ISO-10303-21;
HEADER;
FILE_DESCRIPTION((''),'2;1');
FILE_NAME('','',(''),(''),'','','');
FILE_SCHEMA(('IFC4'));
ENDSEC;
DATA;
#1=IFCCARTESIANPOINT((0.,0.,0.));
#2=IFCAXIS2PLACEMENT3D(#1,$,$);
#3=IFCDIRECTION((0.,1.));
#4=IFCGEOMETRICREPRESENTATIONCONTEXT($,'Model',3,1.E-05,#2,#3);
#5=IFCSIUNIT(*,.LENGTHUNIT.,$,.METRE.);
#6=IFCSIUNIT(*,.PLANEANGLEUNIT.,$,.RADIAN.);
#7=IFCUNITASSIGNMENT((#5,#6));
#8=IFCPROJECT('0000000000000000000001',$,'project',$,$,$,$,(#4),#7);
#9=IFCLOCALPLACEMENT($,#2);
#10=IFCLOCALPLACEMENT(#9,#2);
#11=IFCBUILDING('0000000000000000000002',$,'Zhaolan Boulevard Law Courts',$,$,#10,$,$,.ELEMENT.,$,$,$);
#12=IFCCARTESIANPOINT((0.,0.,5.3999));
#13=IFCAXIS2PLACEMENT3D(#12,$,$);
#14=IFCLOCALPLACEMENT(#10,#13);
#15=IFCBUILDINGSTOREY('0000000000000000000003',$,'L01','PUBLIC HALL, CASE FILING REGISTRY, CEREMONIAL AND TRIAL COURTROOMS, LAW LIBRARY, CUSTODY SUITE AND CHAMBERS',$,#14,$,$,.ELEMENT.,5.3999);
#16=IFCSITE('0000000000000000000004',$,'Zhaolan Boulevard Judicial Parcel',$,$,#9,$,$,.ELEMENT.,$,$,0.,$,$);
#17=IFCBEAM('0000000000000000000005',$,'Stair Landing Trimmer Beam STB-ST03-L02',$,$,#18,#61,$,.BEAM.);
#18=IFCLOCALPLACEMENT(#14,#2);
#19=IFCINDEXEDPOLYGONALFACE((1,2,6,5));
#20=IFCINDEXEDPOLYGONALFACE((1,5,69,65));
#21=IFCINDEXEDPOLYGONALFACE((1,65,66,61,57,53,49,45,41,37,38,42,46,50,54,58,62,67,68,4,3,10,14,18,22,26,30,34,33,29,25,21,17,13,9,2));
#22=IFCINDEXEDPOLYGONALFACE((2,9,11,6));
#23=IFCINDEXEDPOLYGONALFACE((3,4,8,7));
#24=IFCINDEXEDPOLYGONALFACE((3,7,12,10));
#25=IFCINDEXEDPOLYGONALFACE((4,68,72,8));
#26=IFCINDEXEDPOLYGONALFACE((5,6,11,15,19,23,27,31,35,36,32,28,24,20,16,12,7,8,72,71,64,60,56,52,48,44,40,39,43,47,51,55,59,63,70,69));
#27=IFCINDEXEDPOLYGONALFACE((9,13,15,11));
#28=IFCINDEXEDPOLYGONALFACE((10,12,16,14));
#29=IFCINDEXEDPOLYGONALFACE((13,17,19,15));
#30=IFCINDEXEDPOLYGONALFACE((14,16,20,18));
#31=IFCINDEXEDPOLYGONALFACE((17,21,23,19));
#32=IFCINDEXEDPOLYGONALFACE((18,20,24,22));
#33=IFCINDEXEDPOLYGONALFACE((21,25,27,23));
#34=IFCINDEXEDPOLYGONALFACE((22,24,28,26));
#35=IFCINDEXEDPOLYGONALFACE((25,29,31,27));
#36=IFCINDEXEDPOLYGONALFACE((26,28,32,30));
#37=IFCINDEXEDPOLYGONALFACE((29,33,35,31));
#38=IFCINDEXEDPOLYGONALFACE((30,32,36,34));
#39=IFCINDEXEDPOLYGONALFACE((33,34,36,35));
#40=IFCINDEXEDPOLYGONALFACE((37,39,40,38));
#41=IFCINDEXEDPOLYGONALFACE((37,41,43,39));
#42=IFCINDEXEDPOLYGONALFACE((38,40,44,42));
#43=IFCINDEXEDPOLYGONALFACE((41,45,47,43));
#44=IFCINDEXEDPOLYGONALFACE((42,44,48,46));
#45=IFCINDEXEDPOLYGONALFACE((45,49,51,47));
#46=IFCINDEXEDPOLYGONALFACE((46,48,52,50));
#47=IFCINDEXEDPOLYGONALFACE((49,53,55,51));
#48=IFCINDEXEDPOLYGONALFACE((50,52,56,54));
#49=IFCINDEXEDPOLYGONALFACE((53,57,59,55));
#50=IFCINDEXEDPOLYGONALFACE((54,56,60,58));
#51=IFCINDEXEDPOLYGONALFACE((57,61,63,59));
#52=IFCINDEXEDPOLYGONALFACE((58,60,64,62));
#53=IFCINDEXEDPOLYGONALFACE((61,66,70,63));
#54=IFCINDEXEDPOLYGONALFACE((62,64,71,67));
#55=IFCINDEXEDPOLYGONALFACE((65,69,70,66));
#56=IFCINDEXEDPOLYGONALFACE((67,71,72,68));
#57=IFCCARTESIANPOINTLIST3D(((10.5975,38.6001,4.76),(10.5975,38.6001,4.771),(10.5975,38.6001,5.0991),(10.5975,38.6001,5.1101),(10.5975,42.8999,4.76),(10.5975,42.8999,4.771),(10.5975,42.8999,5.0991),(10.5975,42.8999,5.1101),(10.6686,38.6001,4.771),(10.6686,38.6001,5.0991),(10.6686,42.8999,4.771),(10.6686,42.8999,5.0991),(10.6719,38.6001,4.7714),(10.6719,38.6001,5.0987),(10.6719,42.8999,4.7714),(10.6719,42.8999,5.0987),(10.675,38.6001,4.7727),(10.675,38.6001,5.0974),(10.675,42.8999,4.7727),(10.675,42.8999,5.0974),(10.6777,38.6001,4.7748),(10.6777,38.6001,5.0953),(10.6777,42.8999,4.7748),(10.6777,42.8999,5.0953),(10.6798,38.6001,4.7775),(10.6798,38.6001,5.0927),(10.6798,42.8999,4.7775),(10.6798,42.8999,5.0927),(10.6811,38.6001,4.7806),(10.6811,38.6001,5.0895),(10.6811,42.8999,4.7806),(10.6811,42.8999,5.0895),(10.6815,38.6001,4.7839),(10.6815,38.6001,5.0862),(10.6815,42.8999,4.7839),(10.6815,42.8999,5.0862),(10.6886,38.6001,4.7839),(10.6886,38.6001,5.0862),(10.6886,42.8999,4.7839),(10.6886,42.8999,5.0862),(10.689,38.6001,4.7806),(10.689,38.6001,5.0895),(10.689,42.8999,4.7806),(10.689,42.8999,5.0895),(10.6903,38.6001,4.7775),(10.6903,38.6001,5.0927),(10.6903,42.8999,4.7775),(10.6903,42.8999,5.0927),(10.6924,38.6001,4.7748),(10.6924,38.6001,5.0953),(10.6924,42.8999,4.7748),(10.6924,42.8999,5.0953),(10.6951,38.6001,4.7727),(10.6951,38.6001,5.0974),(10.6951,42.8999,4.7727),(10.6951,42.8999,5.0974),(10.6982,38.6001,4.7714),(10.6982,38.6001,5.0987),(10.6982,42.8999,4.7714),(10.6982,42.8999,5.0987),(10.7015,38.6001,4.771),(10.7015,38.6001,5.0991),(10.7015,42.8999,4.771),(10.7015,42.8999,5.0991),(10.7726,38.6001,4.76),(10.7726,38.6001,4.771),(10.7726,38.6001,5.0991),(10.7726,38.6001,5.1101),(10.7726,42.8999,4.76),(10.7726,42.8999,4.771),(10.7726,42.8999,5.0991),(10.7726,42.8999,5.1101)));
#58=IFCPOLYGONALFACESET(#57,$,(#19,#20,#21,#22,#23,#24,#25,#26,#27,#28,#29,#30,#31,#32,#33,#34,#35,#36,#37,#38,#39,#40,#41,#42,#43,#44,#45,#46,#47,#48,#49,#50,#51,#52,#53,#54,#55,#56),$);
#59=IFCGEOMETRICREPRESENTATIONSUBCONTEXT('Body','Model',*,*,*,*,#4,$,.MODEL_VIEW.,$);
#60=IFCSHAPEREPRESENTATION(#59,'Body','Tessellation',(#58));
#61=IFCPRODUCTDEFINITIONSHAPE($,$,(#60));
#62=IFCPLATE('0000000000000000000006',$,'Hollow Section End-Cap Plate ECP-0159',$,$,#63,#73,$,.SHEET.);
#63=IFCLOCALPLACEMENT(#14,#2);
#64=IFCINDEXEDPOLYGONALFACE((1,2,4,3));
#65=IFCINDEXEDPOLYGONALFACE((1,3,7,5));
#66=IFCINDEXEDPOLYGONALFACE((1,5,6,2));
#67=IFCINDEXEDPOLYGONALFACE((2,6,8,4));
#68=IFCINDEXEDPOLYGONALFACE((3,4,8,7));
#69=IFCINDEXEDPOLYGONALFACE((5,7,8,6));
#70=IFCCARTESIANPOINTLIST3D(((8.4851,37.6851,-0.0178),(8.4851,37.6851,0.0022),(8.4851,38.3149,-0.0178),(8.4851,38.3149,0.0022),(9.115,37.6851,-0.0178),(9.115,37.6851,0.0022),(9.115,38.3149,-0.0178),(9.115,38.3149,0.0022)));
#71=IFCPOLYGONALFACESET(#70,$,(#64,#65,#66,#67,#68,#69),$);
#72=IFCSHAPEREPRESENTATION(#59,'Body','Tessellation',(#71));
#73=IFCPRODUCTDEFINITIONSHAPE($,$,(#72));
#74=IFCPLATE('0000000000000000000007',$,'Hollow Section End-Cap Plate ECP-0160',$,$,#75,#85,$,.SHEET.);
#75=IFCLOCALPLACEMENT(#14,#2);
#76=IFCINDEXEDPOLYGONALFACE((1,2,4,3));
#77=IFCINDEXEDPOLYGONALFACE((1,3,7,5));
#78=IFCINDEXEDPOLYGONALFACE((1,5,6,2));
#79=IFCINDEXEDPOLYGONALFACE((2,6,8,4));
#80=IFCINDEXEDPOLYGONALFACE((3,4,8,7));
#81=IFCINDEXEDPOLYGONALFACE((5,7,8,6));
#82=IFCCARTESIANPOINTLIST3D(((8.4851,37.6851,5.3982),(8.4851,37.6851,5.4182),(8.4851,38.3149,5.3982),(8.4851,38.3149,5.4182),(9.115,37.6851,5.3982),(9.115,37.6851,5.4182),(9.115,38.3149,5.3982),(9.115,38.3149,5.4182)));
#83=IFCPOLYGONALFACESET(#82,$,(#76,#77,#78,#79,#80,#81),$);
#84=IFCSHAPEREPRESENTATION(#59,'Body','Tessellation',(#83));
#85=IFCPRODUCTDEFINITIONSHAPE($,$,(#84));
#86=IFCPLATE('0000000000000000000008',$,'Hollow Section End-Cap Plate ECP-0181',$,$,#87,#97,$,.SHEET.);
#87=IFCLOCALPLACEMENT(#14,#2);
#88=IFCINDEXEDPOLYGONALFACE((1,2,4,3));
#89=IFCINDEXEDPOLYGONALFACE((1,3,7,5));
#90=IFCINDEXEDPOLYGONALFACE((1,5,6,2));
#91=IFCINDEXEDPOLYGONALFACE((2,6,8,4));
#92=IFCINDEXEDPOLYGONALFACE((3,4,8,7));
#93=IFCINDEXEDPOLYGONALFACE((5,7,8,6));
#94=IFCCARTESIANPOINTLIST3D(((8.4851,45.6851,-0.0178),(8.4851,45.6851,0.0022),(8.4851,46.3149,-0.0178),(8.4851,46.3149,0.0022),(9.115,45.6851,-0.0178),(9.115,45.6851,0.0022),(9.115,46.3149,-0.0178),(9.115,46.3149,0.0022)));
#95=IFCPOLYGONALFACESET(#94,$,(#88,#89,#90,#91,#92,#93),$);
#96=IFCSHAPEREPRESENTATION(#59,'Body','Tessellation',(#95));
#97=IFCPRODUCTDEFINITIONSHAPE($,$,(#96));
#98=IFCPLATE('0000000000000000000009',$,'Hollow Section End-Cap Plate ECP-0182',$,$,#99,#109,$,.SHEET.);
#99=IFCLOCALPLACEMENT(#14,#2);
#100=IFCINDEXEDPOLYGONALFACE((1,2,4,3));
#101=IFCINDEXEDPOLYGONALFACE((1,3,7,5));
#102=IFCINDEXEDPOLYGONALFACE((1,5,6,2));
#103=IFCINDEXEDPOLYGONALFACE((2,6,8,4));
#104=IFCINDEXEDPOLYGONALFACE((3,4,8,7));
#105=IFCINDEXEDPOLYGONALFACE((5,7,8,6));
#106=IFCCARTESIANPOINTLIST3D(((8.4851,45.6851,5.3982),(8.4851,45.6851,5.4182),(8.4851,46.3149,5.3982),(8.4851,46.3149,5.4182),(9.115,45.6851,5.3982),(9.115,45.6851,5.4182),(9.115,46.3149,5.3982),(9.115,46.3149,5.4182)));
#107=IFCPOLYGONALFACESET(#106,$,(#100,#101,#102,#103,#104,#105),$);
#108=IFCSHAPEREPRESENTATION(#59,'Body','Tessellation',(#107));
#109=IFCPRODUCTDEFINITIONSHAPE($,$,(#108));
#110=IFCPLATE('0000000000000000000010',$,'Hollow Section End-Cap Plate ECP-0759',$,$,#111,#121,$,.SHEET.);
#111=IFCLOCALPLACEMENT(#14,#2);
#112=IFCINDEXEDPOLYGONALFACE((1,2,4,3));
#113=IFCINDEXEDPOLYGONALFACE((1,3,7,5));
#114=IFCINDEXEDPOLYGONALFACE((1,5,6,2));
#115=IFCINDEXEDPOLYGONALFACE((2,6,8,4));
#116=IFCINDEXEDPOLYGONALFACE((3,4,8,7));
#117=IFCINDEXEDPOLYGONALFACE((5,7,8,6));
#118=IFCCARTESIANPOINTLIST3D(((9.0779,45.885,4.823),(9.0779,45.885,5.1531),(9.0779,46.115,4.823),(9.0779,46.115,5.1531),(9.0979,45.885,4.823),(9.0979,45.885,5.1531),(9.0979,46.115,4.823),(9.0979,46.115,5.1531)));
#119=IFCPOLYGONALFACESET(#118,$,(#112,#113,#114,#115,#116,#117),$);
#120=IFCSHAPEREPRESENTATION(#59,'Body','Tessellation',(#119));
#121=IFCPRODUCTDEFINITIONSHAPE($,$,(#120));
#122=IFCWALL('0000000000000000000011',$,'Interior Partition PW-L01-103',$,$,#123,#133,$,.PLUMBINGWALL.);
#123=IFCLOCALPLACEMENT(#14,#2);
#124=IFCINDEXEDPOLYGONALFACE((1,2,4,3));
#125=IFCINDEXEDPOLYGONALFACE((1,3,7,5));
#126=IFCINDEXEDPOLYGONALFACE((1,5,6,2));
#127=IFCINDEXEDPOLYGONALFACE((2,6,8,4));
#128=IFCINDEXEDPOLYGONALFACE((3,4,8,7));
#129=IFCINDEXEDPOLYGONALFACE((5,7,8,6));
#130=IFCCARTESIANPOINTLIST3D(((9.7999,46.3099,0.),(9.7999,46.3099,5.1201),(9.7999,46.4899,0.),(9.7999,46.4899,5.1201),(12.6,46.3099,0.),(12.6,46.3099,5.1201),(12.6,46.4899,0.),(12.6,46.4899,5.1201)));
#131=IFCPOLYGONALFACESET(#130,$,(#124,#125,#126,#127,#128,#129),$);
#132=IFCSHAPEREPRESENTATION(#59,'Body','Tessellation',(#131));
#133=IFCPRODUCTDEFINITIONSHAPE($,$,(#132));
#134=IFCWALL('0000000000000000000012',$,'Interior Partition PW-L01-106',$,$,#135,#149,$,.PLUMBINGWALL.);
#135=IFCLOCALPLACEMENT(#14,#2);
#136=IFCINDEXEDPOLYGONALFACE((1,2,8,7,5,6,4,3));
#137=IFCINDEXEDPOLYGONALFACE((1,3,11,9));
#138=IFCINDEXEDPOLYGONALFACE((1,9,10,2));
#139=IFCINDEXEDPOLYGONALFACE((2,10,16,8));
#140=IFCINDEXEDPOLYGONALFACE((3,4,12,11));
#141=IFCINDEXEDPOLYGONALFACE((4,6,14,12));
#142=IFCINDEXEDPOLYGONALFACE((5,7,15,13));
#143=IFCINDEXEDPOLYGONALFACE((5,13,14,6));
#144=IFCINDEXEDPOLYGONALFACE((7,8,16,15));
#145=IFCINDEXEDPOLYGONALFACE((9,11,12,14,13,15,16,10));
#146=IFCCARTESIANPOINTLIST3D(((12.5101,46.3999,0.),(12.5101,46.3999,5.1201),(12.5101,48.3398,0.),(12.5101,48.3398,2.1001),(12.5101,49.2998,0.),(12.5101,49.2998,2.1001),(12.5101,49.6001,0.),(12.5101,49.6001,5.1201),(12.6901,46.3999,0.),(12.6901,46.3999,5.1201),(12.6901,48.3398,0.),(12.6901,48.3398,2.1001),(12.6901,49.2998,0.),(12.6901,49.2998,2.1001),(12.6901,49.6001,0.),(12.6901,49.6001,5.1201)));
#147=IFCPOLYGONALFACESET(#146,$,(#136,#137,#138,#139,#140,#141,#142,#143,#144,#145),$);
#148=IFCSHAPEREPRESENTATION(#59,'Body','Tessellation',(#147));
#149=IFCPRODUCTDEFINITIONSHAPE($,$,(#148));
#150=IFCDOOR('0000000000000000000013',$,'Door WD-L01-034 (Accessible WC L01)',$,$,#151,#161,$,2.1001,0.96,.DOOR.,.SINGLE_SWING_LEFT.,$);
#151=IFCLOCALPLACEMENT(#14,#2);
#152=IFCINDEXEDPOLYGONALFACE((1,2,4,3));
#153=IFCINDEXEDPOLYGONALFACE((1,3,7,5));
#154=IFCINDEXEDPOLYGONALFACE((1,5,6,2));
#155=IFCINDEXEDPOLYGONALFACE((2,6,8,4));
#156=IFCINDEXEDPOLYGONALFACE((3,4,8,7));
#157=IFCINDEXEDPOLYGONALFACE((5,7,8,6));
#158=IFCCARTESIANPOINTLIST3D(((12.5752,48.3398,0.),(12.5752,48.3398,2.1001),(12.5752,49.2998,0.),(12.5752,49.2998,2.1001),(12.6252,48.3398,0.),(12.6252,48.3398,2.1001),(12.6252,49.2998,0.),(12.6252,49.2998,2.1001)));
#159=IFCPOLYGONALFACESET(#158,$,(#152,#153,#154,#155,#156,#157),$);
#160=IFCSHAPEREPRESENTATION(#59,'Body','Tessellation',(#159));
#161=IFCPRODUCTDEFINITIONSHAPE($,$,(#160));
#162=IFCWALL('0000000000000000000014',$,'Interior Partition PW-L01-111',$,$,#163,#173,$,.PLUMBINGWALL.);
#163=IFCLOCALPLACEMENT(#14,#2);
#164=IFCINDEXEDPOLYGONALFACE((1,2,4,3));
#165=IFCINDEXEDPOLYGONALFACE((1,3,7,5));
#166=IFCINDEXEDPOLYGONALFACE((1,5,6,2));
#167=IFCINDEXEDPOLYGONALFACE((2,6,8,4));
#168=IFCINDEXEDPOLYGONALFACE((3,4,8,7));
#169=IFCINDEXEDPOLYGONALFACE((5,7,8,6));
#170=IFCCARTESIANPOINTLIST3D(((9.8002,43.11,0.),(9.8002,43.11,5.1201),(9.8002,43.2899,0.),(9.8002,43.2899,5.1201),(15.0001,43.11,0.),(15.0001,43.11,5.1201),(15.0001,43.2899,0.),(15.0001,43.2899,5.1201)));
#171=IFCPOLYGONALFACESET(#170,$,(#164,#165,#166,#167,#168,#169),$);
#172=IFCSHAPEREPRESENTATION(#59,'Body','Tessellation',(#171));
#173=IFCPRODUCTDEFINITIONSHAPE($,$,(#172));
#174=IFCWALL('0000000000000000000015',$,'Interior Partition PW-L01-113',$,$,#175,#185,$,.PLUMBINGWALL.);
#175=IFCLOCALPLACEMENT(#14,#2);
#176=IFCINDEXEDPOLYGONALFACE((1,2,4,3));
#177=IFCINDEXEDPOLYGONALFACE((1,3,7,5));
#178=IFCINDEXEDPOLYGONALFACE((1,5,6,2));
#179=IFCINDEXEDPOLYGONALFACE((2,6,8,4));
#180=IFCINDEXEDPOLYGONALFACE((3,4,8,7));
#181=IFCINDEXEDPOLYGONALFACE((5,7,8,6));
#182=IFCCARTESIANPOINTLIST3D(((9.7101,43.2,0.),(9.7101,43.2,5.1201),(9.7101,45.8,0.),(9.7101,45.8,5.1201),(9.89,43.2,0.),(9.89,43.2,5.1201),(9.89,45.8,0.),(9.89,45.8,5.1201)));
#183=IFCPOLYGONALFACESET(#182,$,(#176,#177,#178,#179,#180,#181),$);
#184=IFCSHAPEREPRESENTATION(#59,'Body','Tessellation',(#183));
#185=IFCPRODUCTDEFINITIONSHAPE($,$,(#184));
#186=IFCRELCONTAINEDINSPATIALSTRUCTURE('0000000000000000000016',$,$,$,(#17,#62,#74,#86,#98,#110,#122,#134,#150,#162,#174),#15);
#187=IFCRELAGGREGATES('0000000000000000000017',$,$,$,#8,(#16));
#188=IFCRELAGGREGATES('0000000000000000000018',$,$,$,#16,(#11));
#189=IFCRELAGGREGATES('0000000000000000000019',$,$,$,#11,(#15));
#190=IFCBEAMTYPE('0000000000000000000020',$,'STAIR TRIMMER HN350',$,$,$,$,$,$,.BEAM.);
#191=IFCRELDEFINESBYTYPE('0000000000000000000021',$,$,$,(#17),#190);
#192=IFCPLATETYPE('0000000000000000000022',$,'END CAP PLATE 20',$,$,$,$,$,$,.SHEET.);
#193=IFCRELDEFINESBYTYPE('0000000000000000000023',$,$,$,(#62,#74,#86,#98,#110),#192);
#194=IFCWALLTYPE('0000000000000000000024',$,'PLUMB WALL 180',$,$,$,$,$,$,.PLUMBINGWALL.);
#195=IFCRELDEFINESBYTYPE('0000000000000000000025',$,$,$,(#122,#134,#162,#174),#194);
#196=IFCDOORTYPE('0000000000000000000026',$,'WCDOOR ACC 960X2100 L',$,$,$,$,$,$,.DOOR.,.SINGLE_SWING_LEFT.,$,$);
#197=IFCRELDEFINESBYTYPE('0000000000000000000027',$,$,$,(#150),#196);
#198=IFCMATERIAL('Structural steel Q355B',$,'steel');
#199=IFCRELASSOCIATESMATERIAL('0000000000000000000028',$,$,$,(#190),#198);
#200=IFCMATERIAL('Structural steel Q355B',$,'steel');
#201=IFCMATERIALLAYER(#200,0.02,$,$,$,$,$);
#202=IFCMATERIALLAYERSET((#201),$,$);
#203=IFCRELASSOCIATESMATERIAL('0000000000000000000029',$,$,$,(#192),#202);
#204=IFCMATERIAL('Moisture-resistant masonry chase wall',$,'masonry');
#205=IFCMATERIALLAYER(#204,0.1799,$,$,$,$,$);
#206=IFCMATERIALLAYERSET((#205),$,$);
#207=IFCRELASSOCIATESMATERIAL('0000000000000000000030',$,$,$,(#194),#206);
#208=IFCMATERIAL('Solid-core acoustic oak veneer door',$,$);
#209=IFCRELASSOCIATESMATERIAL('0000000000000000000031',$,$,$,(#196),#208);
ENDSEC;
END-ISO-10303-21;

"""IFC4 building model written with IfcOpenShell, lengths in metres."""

from ifc_helpers import new_model, si_unit, direction, frame, frame_2d, origin, origin_2d, place, context, subcontext, project, spatial, rectangle, i_section, extrude, material, layer, layer_set, material_profile, profile_set, type_object, element, fill, save


model = new_model("IFC4")

# Units and contexts
model_context = context("Model", 3, precision=1e-05, world=origin(), true_north=direction((0.0, 1.0)))
body_context = subcontext(model_context, "Body", "Model", "MODEL_VIEW")
ifc_project = project(units=[si_unit("LENGTHUNIT", "METRE"), si_unit("PLANEANGLEUNIT", "RADIAN")], contexts=[model_context])

# Site, building, storey
site_placement = place(None, origin())
site = spatial("IfcSite", under=ifc_project, at=site_placement, Name="Zhaolan Boulevard Judicial Parcel", CompositionType="ELEMENT", RefElevation=0.0)
building_placement = place(site_placement, origin())
building = spatial("IfcBuilding", under=site, at=building_placement, Name="Zhaolan Boulevard Law Courts", CompositionType="ELEMENT")
storey_placement = place(building_placement, frame((0.0, 0.0, 5.3999)))
storey = spatial("IfcBuildingStorey", under=building, at=storey_placement, Name="L01", Description="PUBLIC HALL, CASE FILING REGISTRY, CEREMONIAL AND TRIAL COURTROOMS, LAW LIBRARY, CUSTODY SUITE AND CHAMBERS", CompositionType="ELEMENT", Elevation=5.3999)

# Beam
ifc_material_1 = material(Name="Structural steel Q355B", Category="steel")
ifc_material_profile_1 = material_profile(ifc_material_1, i_section(OverallWidth=0.175, OverallDepth=0.3501, WebThickness=0.0071, FlangeThickness=0.011, FilletRadius=0.0129, at=origin_2d()), Name="HN350x175")
ifc_profile_set_1 = profile_set([ifc_material_profile_1], Name="Structural steel Q355B")
beam_type_1 = type_object("IfcBeamType", Name="STAIR TRIMMER HN350", PredefinedType="BEAM", material=ifc_profile_set_1)
beam_1_placement = place(storey_placement, frame((10.6851, 38.6001, 4.9351), z_axis=(0.0, 1.0, 0.0), x_axis=(-1.0, 0.0, 0.0)))
element("IfcBeam", 1, at=beam_1_placement, inside=storey, type_object=beam_type_1, Name="Stair Landing Trimmer Beam STB-ST03-L02", PredefinedType="BEAM", context=body_context, shape_type="SweptSolid", body=[
    extrude(i_section(OverallWidth=0.175, OverallDepth=0.3501, WebThickness=0.0071, FlangeThickness=0.011, FilletRadius=0.0129, at=origin_2d()), origin(), (0.0, 0.0, 1.0), 4.2998),
])

# Plates
ifc_material_2 = material(Name="Structural steel Q355B", Category="steel")
ifc_layer_1 = layer(ifc_material_2, 0.02)
ifc_layer_set_1 = layer_set([ifc_layer_1])
plate_type = type_object("IfcPlateType", Name="END CAP PLATE 20", PredefinedType="SHEET", material=ifc_layer_set_1)
for number, where, z_axis, x_axis, name in (
    (2, (8.8, 38.0, -0.0178), (0.0, 0.0, 1.0), (1.0, 0.0, 0.0), "Hollow Section End-Cap Plate ECP-0159"),
    (3, (8.8, 38.0, 5.3982), (0.0, 0.0, 1.0), (1.0, 0.0, 0.0), "Hollow Section End-Cap Plate ECP-0160"),
    (4, (8.8, 46.0, -0.0178), (0.0, 0.0, 1.0), (1.0, 0.0, 0.0), "Hollow Section End-Cap Plate ECP-0181"),
    (5, (8.8, 46.0, 5.3982), (0.0, 0.0, 1.0), (1.0, 0.0, 0.0), "Hollow Section End-Cap Plate ECP-0182"),
):
    element("IfcPlate", number, at=place(storey_placement, frame(where, z_axis=z_axis, x_axis=x_axis)), inside=storey, type_object=plate_type, Name=name, PredefinedType="SHEET", context=body_context, shape_type="SweptSolid", body=[
        extrude(rectangle(XDim=0.6299, YDim=0.6299, at=origin_2d()), origin(), (0.0, 0.0, 1.0), 0.02),
    ])
plate_placement = place(storey_placement, frame((9.0879, 46.0, 4.823), z_axis=(0.0, 0.0, 1.0), x_axis=(1.0, 0.0, 0.0)))
element("IfcPlate", 6, at=plate_placement, inside=storey, type_object=plate_type, Name="Hollow Section End-Cap Plate ECP-0759", PredefinedType="SHEET", context=body_context, shape_type="SweptSolid", body=[
    extrude(rectangle(XDim=0.02, YDim=0.23, at=origin_2d()), origin(), (0.0, 0.0, 1.0), 0.3301),
])

# Wall
ifc_material_3 = material(Name="Moisture-resistant masonry chase wall", Category="masonry")
ifc_layer_2 = layer(ifc_material_3, 0.1799)
ifc_layer_set_2 = layer_set([ifc_layer_2])
wall_type_1 = type_object("IfcWallType", Name="PLUMB WALL 180", PredefinedType="PLUMBINGWALL", material=ifc_layer_set_2)
wall_1_placement = place(storey_placement, frame((9.8, 46.3999, 0.0), z_axis=(0.0, 0.0, 1.0), x_axis=(1.0, 0.0, 0.0)))
element("IfcWall", 7, at=wall_1_placement, inside=storey, type_object=wall_type_1, Name="Interior Partition PW-L01-103", PredefinedType="PLUMBINGWALL", context=body_context, shape_type="SweptSolid", body=[
    extrude(rectangle(XDim=2.8, YDim=0.1799, at=frame_2d((1.3999, 0.0))), origin(), (0.0, 0.0, 1.0), 5.1201),
])

# Wall, opening, door
wall_2_placement = place(storey_placement, frame((12.6001, 46.3999, 0.0), z_axis=(0.0, 0.0, 1.0), x_axis=(0.0, 1.0, 0.0)))
wall_2 = element("IfcWall", 8, at=wall_2_placement, inside=storey, type_object=wall_type_1, Name="Interior Partition PW-L01-106", PredefinedType="PLUMBINGWALL", context=body_context, shape_type="SweptSolid", body=[
    extrude(rectangle(XDim=3.2002, YDim=0.1799, at=frame_2d((1.6001, 0.0))), origin(), (0.0, 0.0, 1.0), 5.1201),
])
opening_1_placement = place(wall_2_placement, frame((1.9399, 0.0, 0.0)))
opening_1 = element("IfcOpeningElement", 9, at=opening_1_placement, cuts=wall_2, PredefinedType="OPENING", context=body_context, shape_type="SweptSolid", body=[
    extrude(rectangle(XDim=0.96, YDim=2.1001, at=frame_2d((0.48, 1.05))), frame((0.0, 0.0999, 0.0), z_axis=(0.0, -1.0, 0.0), x_axis=(1.0, 0.0, 0.0)), (0.0, 0.0, 1.0), 0.2),
])
ifc_material_4 = material(Name="Solid-core acoustic oak veneer door")
door_type_1 = type_object("IfcDoorType", Name="WCDOOR ACC 960X2100 L", OperationType="SINGLE_SWING_LEFT", PredefinedType="DOOR", material=ifc_material_4)
door_1_placement = place(opening_1_placement, origin())
door_1 = element("IfcDoor", 10, at=door_1_placement, inside=storey, type_object=door_type_1, Name="Door WD-L01-034 (Accessible WC L01)", OperationType="SINGLE_SWING_LEFT", OverallHeight=2.1001, OverallWidth=0.96, PredefinedType="DOOR", context=body_context, shape_type="SweptSolid", body=[
    extrude(rectangle(XDim=0.96, YDim=2.1001, at=frame_2d((0.48, 1.05))), frame((0.0, 0.0249, 0.0), z_axis=(0.0, -1.0, 0.0), x_axis=(1.0, 0.0, 0.0)), (0.0, 0.0, 1.0), 0.05),
])
fill(opening_1, door_1)

# Walls
wall_3_placement = place(storey_placement, frame((9.8, 43.2, 0.0), z_axis=(0.0, 0.0, 1.0), x_axis=(1.0, 0.0, 0.0)))
element("IfcWall", 11, at=wall_3_placement, inside=storey, type_object=wall_type_1, Name="Interior Partition PW-L01-111", PredefinedType="PLUMBINGWALL", context=body_context, shape_type="SweptSolid", body=[
    extrude(rectangle(XDim=5.2, YDim=0.1799, at=frame_2d((2.6001, 0.0))), origin(), (0.0, 0.0, 1.0), 5.1201),
])
wall_4_placement = place(storey_placement, frame((9.8, 45.8, 0.0), z_axis=(0.0, 0.0, 1.0), x_axis=(0.0, -1.0, 0.0)))
element("IfcWall", 12, at=wall_4_placement, inside=storey, type_object=wall_type_1, Name="Interior Partition PW-L01-113", PredefinedType="PLUMBINGWALL", context=body_context, shape_type="SweptSolid", body=[
    extrude(rectangle(XDim=2.6001, YDim=0.1799, at=frame_2d((1.3, 0.0))), origin(), (0.0, 0.0, 1.0), 5.1201),
])

save(model, "model.ifc")
